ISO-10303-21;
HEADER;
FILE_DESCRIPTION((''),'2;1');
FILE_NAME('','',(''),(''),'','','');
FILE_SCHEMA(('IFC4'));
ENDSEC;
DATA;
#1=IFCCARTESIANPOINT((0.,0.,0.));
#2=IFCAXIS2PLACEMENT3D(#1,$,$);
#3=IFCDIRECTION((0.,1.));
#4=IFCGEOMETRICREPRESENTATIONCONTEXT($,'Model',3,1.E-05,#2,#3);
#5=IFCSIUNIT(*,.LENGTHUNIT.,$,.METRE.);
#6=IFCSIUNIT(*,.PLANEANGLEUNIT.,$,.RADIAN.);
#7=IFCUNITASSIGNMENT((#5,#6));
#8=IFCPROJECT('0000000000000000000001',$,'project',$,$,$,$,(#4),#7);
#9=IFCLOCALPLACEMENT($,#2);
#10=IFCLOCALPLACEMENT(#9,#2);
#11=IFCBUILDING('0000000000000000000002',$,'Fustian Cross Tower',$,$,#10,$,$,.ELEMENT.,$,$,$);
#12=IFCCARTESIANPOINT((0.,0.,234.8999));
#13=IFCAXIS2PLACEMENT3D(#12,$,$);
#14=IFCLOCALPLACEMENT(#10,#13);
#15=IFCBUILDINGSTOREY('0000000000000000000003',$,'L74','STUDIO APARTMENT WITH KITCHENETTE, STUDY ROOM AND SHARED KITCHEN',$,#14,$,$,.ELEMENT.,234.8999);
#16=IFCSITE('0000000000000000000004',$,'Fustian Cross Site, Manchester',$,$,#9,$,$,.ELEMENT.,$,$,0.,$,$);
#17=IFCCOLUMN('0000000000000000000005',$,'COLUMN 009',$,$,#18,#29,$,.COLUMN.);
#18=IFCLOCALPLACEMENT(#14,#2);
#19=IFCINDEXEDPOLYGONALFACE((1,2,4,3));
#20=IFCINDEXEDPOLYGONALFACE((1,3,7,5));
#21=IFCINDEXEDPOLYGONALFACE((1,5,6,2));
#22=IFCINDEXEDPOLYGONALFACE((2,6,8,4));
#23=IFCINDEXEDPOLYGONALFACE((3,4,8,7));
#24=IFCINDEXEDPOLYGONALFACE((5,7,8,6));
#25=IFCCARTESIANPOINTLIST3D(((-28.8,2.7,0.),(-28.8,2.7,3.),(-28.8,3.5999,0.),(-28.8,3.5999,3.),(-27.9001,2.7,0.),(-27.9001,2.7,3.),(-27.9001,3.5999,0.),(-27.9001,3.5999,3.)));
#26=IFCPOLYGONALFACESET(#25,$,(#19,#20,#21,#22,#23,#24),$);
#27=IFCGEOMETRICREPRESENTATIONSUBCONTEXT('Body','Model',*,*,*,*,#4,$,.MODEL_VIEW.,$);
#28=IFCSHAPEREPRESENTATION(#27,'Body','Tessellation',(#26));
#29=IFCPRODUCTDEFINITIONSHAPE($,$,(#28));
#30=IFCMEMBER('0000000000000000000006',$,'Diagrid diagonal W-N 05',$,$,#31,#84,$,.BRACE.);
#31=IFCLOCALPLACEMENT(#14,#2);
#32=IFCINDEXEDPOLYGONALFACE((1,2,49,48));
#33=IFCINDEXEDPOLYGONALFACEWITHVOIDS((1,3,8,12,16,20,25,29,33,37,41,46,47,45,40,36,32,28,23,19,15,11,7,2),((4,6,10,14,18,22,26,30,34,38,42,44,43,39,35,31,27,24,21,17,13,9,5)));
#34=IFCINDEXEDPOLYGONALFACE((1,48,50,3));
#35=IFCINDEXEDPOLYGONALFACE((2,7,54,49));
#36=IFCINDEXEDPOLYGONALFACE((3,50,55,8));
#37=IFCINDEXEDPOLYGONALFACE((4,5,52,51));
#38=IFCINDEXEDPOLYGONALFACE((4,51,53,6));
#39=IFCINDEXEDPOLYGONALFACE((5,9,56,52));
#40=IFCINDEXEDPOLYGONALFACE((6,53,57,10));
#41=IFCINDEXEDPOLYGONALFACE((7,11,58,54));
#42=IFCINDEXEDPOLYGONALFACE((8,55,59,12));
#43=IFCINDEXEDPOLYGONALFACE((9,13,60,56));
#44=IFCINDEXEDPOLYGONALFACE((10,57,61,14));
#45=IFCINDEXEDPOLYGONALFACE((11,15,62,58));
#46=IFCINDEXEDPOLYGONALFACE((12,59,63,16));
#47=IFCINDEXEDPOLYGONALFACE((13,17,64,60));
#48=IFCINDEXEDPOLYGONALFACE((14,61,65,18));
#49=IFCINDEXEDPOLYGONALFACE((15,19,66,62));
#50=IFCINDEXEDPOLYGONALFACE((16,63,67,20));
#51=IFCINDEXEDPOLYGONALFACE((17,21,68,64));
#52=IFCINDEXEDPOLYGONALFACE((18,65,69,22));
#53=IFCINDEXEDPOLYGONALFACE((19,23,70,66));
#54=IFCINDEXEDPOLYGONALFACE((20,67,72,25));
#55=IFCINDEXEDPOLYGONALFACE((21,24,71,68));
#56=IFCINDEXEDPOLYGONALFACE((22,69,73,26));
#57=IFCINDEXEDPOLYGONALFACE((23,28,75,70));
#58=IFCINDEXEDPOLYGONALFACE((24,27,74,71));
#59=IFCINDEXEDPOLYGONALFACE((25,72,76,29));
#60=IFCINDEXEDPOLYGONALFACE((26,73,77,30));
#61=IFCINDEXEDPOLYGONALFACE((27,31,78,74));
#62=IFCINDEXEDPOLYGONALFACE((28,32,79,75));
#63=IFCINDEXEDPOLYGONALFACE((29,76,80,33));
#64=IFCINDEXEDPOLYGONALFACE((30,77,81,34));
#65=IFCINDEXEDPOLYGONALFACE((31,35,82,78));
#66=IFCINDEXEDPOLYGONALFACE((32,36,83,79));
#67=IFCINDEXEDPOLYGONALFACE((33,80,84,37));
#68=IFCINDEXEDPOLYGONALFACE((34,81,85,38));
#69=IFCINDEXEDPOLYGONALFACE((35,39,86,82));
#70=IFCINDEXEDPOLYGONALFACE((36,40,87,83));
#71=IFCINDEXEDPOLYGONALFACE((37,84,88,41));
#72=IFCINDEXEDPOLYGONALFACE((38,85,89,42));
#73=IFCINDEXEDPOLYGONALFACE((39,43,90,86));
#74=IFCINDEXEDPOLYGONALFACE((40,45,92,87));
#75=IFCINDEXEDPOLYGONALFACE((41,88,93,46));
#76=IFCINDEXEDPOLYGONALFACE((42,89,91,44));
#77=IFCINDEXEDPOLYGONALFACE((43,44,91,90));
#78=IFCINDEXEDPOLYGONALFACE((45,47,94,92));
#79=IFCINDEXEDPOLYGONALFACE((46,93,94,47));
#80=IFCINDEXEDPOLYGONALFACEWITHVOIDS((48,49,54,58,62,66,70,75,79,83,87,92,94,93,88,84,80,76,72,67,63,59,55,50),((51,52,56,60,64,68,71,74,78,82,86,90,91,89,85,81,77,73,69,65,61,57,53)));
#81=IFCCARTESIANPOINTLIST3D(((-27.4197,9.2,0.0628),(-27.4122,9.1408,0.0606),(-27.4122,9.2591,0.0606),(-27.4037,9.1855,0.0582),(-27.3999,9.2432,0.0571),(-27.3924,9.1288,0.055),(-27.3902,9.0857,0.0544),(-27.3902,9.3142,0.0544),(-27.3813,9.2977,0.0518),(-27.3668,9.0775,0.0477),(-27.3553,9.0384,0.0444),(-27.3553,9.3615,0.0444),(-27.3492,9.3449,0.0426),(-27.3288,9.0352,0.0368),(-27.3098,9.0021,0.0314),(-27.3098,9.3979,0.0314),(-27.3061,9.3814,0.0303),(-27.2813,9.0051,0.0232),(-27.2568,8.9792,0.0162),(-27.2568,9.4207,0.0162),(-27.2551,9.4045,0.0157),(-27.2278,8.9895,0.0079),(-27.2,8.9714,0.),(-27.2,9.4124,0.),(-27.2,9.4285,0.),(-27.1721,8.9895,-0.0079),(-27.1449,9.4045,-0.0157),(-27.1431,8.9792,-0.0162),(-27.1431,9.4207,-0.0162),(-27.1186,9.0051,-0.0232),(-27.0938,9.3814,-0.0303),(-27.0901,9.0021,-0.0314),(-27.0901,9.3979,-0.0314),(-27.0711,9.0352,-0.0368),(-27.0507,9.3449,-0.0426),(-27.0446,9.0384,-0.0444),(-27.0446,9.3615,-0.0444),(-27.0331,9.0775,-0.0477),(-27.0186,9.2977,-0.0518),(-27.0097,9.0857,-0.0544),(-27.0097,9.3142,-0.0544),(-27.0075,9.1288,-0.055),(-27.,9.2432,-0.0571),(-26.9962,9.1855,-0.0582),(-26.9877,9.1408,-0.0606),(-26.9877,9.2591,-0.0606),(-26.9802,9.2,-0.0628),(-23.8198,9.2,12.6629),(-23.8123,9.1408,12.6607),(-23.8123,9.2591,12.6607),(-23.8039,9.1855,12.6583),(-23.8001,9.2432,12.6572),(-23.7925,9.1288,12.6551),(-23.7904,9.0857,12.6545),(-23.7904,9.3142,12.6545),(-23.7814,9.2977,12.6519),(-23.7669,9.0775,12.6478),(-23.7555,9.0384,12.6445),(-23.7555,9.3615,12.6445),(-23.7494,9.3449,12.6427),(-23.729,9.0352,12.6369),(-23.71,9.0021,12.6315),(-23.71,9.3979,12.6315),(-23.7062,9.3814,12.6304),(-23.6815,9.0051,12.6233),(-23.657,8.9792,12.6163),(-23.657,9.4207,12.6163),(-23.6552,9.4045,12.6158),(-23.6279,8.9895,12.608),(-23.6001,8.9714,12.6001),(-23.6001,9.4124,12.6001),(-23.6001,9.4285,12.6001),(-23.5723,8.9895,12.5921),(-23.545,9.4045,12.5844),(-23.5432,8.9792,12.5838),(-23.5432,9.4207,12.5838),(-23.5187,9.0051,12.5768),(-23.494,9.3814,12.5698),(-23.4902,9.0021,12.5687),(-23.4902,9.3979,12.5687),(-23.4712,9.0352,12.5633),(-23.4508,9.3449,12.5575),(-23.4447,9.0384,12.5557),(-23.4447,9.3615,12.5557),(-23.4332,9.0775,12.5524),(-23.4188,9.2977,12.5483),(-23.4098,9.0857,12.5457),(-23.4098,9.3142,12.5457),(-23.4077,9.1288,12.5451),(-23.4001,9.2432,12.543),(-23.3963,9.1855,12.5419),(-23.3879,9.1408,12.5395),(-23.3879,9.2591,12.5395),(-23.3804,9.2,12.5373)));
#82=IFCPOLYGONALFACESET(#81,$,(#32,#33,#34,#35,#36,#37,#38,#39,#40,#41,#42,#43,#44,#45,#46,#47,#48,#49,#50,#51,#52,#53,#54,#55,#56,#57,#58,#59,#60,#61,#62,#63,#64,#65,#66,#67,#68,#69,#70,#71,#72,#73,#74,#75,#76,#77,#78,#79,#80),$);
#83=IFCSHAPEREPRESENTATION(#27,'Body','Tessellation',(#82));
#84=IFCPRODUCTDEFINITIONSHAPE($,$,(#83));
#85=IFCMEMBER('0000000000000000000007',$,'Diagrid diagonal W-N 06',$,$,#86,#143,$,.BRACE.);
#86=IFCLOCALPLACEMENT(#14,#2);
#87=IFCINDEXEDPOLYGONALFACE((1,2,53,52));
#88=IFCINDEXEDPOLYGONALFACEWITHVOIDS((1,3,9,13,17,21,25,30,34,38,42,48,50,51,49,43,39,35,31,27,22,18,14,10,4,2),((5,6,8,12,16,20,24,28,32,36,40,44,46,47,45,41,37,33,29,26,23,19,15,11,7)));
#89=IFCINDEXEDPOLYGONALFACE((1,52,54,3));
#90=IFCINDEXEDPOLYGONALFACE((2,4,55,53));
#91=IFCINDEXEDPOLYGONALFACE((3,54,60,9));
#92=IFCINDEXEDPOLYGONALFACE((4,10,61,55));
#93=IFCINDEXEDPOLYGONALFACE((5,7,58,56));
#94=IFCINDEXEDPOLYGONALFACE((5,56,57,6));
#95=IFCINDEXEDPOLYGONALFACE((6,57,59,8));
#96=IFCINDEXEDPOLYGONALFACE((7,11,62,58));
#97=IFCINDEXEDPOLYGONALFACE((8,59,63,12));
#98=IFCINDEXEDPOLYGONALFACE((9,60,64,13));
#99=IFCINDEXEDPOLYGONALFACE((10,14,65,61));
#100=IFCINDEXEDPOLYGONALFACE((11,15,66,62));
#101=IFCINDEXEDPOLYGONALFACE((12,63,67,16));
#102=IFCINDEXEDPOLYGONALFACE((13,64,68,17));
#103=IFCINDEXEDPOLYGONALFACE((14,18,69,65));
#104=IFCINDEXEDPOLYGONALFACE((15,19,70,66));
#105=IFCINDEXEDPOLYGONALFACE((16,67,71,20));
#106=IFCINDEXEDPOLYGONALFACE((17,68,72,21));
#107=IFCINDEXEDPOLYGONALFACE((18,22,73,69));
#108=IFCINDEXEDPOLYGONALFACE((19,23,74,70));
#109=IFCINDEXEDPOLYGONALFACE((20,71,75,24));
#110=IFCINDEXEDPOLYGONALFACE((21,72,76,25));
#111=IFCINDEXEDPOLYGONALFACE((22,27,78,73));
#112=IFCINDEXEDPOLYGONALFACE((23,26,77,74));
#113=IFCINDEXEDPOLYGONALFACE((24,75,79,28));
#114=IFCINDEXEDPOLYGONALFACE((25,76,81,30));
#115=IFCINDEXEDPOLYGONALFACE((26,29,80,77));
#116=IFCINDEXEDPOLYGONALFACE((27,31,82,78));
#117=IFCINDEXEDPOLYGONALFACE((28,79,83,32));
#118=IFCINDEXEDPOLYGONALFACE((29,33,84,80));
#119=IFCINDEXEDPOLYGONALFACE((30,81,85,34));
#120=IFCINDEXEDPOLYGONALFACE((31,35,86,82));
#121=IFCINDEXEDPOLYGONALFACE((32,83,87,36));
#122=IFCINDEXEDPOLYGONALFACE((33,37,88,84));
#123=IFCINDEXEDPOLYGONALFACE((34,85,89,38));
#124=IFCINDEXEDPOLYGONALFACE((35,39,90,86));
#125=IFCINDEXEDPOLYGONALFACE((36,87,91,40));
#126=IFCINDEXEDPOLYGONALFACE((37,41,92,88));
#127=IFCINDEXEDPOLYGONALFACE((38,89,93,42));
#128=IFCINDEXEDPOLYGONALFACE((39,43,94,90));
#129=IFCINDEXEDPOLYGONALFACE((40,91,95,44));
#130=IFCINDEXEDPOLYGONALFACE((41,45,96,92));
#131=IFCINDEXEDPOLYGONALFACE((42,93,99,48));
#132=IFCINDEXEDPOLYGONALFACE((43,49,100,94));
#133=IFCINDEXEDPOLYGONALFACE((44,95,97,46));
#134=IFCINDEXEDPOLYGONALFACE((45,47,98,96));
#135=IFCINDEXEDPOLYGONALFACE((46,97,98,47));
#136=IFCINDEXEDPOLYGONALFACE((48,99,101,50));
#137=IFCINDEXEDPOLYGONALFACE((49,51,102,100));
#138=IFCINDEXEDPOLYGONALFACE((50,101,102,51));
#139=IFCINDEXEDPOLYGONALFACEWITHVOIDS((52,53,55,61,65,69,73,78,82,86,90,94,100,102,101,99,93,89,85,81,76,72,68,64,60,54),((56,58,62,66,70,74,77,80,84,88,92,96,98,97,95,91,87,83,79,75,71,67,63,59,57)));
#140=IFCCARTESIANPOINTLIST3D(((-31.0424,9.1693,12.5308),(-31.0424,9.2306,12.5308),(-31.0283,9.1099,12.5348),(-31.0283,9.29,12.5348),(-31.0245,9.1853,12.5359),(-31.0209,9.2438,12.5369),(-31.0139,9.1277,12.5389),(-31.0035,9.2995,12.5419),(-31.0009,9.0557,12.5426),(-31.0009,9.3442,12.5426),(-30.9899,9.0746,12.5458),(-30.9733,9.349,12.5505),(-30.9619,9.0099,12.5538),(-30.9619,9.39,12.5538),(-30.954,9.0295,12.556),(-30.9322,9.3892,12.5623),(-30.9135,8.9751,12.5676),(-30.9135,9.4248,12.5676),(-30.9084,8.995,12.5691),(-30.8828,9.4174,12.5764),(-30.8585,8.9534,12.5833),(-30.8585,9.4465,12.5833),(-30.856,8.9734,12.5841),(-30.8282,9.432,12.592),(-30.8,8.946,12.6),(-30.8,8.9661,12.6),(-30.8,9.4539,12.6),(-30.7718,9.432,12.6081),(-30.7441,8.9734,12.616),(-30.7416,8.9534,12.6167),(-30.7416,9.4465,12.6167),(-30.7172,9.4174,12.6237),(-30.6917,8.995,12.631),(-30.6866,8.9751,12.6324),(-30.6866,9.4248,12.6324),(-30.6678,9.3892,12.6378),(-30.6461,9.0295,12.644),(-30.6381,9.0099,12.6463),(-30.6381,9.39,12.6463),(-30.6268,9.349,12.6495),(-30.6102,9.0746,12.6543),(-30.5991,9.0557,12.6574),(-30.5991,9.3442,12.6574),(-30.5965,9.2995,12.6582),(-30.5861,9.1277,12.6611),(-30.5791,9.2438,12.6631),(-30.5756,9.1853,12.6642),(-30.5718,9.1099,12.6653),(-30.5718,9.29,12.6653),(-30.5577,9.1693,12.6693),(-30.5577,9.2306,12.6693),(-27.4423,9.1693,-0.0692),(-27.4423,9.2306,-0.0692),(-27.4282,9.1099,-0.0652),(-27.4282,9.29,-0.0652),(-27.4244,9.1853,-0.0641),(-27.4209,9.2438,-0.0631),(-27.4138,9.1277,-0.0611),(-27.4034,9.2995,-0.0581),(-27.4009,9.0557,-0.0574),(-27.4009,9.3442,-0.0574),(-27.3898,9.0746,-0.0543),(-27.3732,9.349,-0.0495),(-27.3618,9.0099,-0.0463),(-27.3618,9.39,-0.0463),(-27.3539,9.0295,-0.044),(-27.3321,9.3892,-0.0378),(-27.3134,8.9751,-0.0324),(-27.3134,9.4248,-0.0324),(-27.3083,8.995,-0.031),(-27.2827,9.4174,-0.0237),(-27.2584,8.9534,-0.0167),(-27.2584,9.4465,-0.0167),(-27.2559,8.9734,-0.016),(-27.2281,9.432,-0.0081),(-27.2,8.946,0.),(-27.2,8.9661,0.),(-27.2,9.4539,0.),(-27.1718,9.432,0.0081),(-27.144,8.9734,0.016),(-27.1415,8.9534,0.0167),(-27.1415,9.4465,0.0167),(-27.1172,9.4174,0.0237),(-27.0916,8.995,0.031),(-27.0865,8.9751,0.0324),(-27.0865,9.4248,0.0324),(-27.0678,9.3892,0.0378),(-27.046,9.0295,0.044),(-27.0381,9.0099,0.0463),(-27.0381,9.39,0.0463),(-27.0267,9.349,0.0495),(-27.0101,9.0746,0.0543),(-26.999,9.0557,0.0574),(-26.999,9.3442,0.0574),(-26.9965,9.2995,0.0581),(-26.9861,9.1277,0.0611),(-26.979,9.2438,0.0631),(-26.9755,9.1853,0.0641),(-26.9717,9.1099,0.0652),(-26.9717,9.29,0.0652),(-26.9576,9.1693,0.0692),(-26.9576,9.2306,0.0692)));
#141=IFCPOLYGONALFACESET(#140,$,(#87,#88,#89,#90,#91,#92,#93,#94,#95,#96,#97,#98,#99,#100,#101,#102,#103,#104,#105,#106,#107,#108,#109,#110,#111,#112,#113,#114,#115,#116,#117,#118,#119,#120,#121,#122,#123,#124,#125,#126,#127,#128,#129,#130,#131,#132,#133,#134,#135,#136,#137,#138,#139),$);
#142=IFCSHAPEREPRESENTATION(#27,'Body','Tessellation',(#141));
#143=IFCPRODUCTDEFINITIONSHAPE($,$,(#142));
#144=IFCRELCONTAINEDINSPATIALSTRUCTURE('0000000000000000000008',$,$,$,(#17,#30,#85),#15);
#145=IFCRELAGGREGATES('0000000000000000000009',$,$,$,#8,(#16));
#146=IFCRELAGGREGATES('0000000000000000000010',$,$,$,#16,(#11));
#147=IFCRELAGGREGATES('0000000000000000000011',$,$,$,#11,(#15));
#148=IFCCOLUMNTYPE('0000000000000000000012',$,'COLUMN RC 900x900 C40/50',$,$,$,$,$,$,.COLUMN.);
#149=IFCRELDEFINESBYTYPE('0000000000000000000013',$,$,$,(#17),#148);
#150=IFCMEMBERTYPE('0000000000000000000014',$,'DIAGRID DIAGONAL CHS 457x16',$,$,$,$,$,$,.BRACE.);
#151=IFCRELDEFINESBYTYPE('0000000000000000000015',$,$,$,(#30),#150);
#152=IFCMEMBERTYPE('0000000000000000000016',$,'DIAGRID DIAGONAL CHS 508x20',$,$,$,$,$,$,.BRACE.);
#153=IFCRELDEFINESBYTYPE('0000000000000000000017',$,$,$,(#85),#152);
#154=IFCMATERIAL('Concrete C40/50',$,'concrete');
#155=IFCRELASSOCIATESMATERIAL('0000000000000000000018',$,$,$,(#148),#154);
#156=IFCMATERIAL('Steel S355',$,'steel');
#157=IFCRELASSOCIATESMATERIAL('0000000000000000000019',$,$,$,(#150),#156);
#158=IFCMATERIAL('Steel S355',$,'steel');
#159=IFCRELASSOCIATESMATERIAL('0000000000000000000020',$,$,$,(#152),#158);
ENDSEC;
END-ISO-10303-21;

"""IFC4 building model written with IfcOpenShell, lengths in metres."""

from ifc_helpers import new_model, si_unit, direction, frame, origin, origin_2d, place, context, subcontext, project, spatial, rectangle, hollow_circle, extrude, material, material_profile, profile_set, type_object, element, save


model = new_model("IFC4")

# Units and contexts
model_context = context("Model", 3, precision=1e-05, world=origin(), true_north=direction((0.0, 1.0)))
body_context = subcontext(model_context, "Body", "Model", "MODEL_VIEW")
ifc_project = project(units=[si_unit("LENGTHUNIT", "METRE"), si_unit("PLANEANGLEUNIT", "RADIAN")], contexts=[model_context])

# Site, building, storey
site_placement = place(None, origin())
site = spatial("IfcSite", under=ifc_project, at=site_placement, Name="Fustian Cross Site, Manchester", CompositionType="ELEMENT", RefElevation=0.0)
building_placement = place(site_placement, origin())
building = spatial("IfcBuilding", under=site, at=building_placement, Name="Fustian Cross Tower", CompositionType="ELEMENT")
storey_placement = place(building_placement, frame((0.0, 0.0, 234.8999)))
storey = spatial("IfcBuildingStorey", under=building, at=storey_placement, Name="L74", Description="STUDIO APARTMENT WITH KITCHENETTE, STUDY ROOM AND SHARED KITCHEN", CompositionType="ELEMENT", Elevation=234.8999)

# Column
ifc_material_1 = material(Name="Concrete C40/50", Category="concrete")
ifc_material_profile_1 = material_profile(ifc_material_1, rectangle(XDim=0.8999, YDim=0.8999, at=origin_2d()), Name="RC 900x900")
ifc_profile_set_1 = profile_set([ifc_material_profile_1], Name="Concrete C40/50")
column_type = type_object("IfcColumnType", Name="COLUMN RC 900x900 C40/50", PredefinedType="COLUMN", material=ifc_profile_set_1)
column_placement = place(storey_placement, frame((-28.3501, 3.1499, 0.0), z_axis=(0.0, 0.0, 1.0), x_axis=(1.0, 0.0, 0.0)))
element("IfcColumn", 1, at=column_placement, inside=storey, type_object=column_type, Name="COLUMN 009", PredefinedType="COLUMN", context=body_context, shape_type="SweptSolid", body=[
    extrude(rectangle(XDim=0.8999, YDim=0.8999, at=origin_2d()), origin(), (0.0, 0.0, 1.0), 3.0),
])

# Members
ifc_material_2 = material(Name="Steel S355", Category="steel")
ifc_material_profile_2 = material_profile(ifc_material_2, hollow_circle(Radius=0.2285, WallThickness=0.0161, at=origin_2d()), Name="CHS 457x16")
ifc_profile_set_2 = profile_set([ifc_material_profile_2], Name="Steel S355")
member_type_1 = type_object("IfcMemberType", Name="DIAGRID DIAGONAL CHS 457x16", PredefinedType="BRACE", material=ifc_profile_set_2)
member_1_placement = place(storey_placement, frame((-27.2, 9.2, 0.0), z_axis=(0.274709, 0.0, 0.961527), x_axis=(0.0, 1.0, 0.0)))
element("IfcMember", 2, at=member_1_placement, inside=storey, type_object=member_type_1, Name="Diagrid diagonal W-N 05", PredefinedType="BRACE", context=body_context, shape_type="SweptSolid", body=[
    extrude(hollow_circle(Radius=0.2285, WallThickness=0.0161, at=origin_2d()), origin(), (0.0, 0.0, 1.0), 13.1042),
])
ifc_material_3 = material(Name="Steel S355", Category="steel")
ifc_material_profile_3 = material_profile(ifc_material_3, hollow_circle(Radius=0.2539, WallThickness=0.02, at=origin_2d()), Name="CHS 508x20")
ifc_profile_set_3 = profile_set([ifc_material_profile_3], Name="Steel S355")
member_type_2 = type_object("IfcMemberType", Name="DIAGRID DIAGONAL CHS 508x20", PredefinedType="BRACE", material=ifc_profile_set_3)
member_2_placement = place(storey_placement, frame((-27.2, 9.2, 0.0), z_axis=(-0.274726, 0.0, 0.961523), x_axis=(0.0, -1.0, 0.0)))
element("IfcMember", 3, at=member_2_placement, inside=storey, type_object=member_type_2, Name="Diagrid diagonal W-N 06", PredefinedType="BRACE", context=body_context, shape_type="SweptSolid", body=[
    extrude(hollow_circle(Radius=0.2539, WallThickness=0.02, at=origin_2d()), origin(), (0.0, 0.0, 1.0), 13.1042),
])

save(model, "model.ifc")
